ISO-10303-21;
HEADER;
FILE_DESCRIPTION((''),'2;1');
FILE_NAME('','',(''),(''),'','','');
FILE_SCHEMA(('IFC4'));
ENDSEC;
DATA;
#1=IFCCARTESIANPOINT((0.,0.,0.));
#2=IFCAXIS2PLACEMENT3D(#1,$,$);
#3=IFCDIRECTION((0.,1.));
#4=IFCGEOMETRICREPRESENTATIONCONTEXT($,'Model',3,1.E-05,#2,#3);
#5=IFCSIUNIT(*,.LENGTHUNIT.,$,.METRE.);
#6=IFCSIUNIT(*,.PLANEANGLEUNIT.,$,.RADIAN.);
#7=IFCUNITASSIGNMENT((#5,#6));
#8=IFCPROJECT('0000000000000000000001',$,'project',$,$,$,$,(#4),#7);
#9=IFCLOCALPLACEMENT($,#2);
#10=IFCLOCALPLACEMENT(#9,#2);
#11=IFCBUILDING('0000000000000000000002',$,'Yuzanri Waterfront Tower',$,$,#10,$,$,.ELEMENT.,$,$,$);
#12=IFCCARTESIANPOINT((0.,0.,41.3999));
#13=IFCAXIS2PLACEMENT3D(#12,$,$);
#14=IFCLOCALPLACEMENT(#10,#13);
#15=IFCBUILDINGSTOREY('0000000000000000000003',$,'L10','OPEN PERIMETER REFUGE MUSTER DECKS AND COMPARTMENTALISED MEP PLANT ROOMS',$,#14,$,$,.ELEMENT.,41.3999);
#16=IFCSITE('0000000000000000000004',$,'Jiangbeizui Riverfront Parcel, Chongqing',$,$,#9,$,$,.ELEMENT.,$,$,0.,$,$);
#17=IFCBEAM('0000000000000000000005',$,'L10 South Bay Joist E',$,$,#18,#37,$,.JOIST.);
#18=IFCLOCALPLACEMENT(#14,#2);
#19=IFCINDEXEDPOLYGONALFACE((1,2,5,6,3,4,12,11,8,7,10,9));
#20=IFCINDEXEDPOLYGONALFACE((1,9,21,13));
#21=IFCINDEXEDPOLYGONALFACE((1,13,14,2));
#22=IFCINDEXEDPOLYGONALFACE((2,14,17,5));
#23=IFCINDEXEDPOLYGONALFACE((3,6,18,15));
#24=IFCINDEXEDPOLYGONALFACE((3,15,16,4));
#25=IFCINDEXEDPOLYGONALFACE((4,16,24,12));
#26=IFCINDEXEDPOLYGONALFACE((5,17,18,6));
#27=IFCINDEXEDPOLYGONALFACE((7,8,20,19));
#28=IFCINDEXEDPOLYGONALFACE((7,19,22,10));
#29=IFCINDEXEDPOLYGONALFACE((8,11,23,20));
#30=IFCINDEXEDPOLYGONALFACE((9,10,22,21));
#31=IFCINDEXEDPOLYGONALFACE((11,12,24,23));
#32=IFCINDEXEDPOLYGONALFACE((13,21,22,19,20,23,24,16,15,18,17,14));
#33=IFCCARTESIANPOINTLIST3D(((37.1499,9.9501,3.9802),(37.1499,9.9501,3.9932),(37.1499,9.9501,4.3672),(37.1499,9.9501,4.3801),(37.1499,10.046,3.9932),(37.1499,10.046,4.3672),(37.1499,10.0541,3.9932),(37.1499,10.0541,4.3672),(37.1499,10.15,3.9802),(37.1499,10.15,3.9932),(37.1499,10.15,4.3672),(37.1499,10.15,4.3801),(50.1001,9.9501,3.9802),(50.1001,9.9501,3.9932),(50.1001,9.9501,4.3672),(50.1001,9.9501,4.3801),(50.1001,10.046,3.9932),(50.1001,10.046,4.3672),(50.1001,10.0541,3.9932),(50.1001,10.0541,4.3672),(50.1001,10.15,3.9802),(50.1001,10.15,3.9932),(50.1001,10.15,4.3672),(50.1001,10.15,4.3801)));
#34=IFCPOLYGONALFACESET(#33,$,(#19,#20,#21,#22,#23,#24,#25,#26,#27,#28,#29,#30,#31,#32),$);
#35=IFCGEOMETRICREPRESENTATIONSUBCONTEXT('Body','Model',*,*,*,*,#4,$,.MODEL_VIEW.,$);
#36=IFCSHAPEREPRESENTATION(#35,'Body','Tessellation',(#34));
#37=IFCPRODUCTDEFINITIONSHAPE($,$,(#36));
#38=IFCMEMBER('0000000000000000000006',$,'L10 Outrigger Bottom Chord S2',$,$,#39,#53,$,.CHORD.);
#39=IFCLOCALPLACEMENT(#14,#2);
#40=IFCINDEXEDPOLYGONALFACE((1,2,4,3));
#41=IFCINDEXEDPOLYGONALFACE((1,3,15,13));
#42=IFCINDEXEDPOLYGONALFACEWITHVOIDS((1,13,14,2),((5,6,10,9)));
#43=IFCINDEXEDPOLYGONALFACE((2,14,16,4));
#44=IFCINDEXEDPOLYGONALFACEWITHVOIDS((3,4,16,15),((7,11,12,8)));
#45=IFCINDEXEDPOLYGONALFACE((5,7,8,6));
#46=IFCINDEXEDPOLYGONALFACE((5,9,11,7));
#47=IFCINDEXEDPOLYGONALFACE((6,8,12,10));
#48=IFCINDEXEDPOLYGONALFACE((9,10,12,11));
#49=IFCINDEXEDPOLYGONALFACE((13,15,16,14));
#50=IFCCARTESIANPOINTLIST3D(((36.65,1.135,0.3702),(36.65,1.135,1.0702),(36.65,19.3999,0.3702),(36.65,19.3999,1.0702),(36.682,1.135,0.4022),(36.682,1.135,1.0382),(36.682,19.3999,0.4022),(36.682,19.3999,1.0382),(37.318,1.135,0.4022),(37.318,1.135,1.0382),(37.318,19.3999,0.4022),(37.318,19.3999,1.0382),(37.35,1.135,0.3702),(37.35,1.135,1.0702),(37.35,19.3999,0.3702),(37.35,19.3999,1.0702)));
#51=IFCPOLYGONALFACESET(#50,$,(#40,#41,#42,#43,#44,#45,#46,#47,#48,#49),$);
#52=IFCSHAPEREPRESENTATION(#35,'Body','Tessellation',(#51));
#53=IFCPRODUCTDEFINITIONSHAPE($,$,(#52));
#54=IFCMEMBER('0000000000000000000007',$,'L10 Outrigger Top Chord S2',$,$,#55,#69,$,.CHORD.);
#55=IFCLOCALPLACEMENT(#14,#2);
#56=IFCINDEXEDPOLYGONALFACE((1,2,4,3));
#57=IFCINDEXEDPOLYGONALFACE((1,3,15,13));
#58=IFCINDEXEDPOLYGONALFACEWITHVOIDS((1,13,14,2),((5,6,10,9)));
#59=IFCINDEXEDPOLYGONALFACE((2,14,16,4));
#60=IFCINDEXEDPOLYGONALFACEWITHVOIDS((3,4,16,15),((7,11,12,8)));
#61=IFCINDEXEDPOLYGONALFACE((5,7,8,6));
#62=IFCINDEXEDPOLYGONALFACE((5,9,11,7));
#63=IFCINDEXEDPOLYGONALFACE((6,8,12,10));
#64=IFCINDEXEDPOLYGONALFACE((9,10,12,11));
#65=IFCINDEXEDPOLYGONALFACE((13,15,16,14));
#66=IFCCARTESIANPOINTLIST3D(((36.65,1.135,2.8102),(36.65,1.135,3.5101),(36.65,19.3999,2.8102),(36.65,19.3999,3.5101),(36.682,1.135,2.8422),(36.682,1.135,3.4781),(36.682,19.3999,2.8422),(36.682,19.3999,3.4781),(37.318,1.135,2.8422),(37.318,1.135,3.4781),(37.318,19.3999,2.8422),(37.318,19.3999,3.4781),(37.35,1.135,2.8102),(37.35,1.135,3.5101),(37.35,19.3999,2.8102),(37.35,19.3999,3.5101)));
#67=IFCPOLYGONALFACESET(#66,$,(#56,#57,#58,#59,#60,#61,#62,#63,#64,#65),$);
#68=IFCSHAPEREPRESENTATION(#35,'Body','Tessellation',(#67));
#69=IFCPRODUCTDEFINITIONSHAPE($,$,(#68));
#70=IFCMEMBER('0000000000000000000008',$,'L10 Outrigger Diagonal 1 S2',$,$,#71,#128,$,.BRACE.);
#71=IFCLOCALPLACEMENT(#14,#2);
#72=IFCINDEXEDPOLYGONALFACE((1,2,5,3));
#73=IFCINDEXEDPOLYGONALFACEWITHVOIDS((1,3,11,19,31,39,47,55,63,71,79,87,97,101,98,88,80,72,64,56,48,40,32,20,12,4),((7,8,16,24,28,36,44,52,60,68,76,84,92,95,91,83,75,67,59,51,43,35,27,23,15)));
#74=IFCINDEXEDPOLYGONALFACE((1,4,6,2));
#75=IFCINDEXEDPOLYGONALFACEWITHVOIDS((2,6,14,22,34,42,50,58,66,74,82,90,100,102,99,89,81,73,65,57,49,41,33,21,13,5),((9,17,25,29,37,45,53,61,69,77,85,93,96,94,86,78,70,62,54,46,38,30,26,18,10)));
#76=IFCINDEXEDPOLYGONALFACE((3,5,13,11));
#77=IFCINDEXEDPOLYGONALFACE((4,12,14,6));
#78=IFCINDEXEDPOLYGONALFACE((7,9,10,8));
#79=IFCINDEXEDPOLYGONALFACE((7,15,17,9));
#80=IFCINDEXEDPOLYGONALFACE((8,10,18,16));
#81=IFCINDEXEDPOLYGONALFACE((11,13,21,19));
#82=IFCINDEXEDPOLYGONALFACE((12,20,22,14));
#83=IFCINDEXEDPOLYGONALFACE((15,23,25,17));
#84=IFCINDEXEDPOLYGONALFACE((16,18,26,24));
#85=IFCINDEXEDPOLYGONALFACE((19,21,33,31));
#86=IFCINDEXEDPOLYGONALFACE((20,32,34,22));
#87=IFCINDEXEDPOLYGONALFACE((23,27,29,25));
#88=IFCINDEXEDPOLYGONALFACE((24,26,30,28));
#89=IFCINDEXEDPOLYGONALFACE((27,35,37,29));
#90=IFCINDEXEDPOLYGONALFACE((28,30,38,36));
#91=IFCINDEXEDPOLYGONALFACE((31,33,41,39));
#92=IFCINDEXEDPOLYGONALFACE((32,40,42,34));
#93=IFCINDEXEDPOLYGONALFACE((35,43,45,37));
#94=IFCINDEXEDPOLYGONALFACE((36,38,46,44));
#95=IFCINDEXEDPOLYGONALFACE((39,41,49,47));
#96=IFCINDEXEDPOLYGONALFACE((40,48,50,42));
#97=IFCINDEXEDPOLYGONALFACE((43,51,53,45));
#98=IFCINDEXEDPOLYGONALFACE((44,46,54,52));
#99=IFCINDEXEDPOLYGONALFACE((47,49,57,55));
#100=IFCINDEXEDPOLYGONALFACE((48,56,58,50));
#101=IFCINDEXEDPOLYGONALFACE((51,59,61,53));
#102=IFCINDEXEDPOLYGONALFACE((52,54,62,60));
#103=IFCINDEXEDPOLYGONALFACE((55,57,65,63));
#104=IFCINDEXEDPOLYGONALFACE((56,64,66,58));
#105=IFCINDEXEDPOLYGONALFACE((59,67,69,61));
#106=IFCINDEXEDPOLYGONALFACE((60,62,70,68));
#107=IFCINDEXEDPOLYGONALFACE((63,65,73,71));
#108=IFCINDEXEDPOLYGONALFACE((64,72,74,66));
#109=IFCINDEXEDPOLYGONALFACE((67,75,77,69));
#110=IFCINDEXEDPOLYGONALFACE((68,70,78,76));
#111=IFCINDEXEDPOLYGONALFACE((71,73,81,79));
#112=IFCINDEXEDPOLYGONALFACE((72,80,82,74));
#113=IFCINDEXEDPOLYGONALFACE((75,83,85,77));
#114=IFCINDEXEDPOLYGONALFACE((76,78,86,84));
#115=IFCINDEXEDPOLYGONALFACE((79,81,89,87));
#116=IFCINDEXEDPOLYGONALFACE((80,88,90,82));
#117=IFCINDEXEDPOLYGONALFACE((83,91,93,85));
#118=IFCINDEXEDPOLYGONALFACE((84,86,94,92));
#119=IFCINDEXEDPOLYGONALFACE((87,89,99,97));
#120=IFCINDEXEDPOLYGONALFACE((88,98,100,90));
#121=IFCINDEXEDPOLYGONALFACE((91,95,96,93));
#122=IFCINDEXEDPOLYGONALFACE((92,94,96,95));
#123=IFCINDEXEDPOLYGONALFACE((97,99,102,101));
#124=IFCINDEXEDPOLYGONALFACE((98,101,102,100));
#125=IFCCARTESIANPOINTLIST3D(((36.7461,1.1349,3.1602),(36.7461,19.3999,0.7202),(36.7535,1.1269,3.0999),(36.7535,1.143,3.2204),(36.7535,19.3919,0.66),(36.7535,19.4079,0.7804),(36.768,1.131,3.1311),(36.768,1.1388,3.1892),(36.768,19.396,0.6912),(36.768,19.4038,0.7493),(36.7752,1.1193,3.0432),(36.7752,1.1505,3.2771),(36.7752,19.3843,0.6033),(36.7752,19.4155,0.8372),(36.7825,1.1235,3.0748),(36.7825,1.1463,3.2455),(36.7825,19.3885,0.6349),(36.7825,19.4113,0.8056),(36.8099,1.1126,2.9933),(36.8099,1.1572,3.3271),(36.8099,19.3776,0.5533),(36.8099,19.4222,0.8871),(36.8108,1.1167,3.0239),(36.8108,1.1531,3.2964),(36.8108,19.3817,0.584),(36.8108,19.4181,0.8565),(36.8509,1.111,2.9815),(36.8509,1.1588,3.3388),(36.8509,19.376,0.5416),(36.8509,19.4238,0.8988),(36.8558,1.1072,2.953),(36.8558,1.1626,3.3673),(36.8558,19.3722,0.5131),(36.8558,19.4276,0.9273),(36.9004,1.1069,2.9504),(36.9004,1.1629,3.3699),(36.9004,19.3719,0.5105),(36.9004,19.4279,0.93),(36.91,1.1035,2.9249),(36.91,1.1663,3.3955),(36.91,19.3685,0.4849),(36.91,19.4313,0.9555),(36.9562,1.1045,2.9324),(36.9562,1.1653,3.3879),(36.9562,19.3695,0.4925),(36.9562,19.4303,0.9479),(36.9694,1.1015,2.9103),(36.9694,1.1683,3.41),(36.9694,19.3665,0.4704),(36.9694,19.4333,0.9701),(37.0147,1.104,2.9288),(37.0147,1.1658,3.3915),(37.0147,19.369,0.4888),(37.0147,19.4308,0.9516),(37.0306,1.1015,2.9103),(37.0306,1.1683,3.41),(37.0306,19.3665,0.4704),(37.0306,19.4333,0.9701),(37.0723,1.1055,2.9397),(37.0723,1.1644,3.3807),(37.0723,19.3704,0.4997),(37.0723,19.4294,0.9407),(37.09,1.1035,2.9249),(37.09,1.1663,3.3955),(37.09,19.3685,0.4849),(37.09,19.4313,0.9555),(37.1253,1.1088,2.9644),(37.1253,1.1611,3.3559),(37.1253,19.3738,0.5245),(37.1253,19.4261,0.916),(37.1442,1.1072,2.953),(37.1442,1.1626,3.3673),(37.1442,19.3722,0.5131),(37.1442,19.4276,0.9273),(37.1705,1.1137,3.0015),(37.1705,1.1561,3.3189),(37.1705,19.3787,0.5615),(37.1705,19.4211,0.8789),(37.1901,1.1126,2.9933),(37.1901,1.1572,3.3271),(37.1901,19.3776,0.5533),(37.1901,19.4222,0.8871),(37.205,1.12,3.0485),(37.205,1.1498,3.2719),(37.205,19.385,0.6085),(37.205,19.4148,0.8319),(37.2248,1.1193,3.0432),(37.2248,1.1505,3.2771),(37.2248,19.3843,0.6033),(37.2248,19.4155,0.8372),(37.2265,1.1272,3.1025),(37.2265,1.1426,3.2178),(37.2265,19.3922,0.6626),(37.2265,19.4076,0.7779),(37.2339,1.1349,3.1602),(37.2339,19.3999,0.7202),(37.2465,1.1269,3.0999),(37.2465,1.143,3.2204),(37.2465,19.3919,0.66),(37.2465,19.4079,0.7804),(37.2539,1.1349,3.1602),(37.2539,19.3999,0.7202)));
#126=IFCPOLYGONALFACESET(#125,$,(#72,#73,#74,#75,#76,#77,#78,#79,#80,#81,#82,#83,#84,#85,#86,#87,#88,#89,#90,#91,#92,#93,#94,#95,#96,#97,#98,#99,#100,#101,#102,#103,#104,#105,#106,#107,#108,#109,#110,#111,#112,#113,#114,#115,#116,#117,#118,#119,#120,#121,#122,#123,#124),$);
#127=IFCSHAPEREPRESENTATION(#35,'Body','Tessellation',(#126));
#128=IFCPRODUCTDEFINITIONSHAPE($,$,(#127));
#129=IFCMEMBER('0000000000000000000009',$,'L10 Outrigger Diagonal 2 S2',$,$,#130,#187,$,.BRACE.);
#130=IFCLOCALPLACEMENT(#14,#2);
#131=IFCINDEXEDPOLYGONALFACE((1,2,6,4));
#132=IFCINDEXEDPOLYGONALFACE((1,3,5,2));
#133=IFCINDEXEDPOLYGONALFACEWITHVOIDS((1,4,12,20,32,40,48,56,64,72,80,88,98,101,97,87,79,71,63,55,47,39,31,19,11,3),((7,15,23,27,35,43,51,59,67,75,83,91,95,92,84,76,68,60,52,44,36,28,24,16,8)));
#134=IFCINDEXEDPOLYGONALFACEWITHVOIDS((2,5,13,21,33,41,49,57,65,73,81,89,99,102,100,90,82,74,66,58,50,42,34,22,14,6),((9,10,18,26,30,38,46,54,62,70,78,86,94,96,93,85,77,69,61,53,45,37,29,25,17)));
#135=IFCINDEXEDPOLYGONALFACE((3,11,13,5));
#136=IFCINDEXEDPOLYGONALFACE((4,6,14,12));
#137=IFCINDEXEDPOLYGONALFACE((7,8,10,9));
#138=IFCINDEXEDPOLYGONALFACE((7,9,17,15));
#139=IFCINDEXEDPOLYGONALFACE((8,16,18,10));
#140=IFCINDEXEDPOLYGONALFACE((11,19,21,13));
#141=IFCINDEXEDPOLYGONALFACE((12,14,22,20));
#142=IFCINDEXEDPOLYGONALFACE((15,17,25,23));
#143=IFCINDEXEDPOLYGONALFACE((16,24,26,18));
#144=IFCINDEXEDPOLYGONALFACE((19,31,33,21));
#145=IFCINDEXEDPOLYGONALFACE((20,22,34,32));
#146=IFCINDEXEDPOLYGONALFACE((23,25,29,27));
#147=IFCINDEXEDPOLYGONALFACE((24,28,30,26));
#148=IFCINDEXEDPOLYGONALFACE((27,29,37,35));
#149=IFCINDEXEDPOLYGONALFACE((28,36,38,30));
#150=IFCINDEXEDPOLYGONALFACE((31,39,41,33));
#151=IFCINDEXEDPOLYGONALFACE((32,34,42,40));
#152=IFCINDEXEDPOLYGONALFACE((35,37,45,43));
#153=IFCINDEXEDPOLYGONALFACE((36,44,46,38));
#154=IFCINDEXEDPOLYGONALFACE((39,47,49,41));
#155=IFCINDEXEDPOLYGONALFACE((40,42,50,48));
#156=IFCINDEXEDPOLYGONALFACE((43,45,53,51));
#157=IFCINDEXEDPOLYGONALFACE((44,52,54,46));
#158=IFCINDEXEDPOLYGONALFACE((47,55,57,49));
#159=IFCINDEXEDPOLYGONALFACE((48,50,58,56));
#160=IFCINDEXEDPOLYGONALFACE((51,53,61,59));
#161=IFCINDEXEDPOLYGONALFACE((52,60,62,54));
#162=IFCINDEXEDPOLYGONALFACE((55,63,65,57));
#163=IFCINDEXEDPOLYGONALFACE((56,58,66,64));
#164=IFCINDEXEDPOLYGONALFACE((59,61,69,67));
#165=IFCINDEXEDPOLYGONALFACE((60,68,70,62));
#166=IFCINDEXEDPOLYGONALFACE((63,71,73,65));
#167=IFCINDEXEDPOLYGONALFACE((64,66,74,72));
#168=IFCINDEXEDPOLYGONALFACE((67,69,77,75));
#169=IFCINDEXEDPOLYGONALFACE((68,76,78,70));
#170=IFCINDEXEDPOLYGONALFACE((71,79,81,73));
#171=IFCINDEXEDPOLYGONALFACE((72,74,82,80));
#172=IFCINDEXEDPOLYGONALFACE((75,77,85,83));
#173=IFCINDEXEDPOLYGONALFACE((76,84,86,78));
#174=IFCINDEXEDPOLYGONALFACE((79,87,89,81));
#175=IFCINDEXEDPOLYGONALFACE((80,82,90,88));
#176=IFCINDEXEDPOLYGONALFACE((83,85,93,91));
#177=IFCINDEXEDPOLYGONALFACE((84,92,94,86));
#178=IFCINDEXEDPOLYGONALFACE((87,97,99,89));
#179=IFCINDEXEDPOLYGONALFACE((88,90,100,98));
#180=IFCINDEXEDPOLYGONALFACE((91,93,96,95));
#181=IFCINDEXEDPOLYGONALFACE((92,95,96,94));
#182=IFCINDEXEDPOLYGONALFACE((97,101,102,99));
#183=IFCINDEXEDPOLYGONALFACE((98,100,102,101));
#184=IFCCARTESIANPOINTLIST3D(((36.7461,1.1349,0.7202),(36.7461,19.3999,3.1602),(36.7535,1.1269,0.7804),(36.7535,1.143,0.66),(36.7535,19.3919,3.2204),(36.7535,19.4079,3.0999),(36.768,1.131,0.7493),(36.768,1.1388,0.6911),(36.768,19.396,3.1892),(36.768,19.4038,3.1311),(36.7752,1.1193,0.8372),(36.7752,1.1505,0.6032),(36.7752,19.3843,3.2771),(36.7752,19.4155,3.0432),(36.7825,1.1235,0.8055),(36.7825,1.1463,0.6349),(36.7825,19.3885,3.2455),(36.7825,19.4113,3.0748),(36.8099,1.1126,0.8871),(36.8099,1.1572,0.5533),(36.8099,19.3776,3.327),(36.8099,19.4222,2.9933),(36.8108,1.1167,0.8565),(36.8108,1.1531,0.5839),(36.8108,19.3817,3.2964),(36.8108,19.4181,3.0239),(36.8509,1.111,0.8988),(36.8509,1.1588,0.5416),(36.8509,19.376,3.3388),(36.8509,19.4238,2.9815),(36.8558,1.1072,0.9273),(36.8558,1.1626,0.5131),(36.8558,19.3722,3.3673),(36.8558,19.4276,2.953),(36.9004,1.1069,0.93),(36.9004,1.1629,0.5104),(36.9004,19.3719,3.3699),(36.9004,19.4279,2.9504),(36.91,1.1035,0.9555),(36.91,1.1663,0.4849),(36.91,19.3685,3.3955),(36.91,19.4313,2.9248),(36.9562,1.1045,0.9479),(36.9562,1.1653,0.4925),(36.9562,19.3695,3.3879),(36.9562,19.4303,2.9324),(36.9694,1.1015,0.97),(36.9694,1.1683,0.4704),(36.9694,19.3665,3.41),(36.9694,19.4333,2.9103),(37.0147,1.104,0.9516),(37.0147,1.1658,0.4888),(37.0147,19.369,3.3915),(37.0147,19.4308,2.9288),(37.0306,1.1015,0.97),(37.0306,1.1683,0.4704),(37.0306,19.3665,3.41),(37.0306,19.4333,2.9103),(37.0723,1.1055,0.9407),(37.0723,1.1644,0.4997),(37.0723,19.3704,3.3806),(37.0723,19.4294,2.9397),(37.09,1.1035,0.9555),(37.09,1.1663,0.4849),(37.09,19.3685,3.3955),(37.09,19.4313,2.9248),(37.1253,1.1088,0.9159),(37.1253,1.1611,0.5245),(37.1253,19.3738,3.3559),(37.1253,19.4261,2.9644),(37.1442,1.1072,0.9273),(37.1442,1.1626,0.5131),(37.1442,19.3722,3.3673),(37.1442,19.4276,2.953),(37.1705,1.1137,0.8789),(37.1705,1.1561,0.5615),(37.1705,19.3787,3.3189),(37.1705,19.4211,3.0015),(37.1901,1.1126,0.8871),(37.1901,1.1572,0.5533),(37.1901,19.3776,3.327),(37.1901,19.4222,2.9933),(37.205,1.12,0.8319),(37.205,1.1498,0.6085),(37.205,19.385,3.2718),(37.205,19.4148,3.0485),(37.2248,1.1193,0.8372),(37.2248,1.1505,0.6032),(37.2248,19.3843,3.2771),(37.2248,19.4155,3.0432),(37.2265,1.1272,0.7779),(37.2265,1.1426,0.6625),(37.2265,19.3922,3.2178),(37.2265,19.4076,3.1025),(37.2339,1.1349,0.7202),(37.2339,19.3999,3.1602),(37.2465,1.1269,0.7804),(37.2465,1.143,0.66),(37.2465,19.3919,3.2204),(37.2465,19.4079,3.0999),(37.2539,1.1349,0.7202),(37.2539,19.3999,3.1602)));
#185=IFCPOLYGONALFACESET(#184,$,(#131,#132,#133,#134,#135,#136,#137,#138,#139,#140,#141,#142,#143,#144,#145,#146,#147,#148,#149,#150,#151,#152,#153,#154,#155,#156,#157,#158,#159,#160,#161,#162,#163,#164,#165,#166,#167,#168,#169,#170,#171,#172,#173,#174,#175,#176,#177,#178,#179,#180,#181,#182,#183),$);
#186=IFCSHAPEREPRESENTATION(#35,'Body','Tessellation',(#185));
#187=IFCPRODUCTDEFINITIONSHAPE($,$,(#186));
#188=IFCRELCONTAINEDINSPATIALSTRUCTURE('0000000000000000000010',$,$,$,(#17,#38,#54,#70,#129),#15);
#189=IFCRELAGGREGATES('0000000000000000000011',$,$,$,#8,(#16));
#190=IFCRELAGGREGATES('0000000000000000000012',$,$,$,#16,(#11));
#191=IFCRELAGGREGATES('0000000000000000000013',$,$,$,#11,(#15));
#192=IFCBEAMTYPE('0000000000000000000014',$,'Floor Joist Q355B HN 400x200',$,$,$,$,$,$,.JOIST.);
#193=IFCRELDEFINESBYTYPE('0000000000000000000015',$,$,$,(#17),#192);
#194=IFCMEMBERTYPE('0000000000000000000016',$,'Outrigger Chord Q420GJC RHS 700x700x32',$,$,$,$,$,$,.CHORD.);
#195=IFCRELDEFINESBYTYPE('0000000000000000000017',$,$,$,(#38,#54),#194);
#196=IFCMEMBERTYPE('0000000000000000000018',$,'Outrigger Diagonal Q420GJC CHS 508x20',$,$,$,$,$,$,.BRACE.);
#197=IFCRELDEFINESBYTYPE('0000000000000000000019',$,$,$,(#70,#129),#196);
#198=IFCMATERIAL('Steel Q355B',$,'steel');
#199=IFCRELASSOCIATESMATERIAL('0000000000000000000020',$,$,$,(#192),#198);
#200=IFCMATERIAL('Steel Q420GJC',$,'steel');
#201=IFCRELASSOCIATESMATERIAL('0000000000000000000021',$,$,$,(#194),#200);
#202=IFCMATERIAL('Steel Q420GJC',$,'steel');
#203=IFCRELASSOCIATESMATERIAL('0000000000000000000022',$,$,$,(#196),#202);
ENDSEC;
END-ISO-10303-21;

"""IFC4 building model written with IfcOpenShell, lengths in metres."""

from ifc_helpers import new_model, si_unit, direction, frame, origin, origin_2d, place, context, subcontext, project, spatial, hollow_rectangle, hollow_circle, i_section, extrude, source, transform, mapped, material, material_profile, profile_set, type_object, element, save


model = new_model("IFC4")

# Units and contexts
model_context = context("Model", 3, precision=1e-05, world=origin(), true_north=direction((0.0, 1.0)))
body_context = subcontext(model_context, "Body", "Model", "MODEL_VIEW")
ifc_project = project(units=[si_unit("LENGTHUNIT", "METRE"), si_unit("PLANEANGLEUNIT", "RADIAN")], contexts=[model_context])

# Site, building, storey
site_placement = place(None, origin())
site = spatial("IfcSite", under=ifc_project, at=site_placement, Name="Jiangbeizui Riverfront Parcel, Chongqing", CompositionType="ELEMENT", RefElevation=0.0)
building_placement = place(site_placement, origin())
building = spatial("IfcBuilding", under=site, at=building_placement, Name="Yuzanri Waterfront Tower", CompositionType="ELEMENT")
storey_placement = place(building_placement, frame((0.0, 0.0, 41.3999)))
storey = spatial("IfcBuildingStorey", under=building, at=storey_placement, Name="L10", Description="OPEN PERIMETER REFUGE MUSTER DECKS AND COMPARTMENTALISED MEP PLANT ROOMS", CompositionType="ELEMENT", Elevation=41.3999)

# Beam
ifc_material_1 = material(Name="Steel Q355B", Category="steel")
ifc_material_profile_1 = material_profile(ifc_material_1, i_section(OverallWidth=0.2, OverallDepth=0.3999, WebThickness=0.0081, FlangeThickness=0.0129, at=origin_2d()), Name="HN 400x200x8x13")
ifc_profile_set_1 = profile_set([ifc_material_profile_1], Name="Steel Q355B")
beam_type_1 = type_object("IfcBeamType", Name="Floor Joist Q355B HN 400x200", PredefinedType="JOIST", material=ifc_profile_set_1)
shared_shape_1 = source(origin(), body_context, "Body", "SweptSolid", [
    extrude(i_section(OverallWidth=0.2, OverallDepth=0.3999, WebThickness=0.0081, FlangeThickness=0.0129, at=origin_2d()), origin(), (0.0, 0.0, 1.0), 12.9502),
])
beam_placement = place(storey_placement, frame((37.1499, 10.05, 4.1802), z_axis=(1.0, 0.0, 0.0), x_axis=(0.0, 1.0, 0.0)))
element("IfcBeam", 1, at=beam_placement, inside=storey, type_object=beam_type_1, Name="L10 South Bay Joist E", PredefinedType="JOIST", context=body_context, shape_type="MappedRepresentation", body=[
    mapped(shared_shape_1, transform((0.0, 0.0, 0.0), scale=1.0)),
])

# Members
ifc_material_2 = material(Name="Steel Q420GJC", Category="steel")
ifc_material_profile_2 = material_profile(ifc_material_2, hollow_rectangle(XDim=0.7, YDim=0.7, WallThickness=0.032, at=origin_2d()), Name="RHS 700x700x32")
ifc_profile_set_2 = profile_set([ifc_material_profile_2], Name="Steel Q420GJC")
member_type_1 = type_object("IfcMemberType", Name="Outrigger Chord Q420GJC RHS 700x700x32", PredefinedType="CHORD", material=ifc_profile_set_2)
shared_shape_2 = source(origin(), body_context, "Body", "SweptSolid", [
    extrude(hollow_rectangle(XDim=0.7, YDim=0.7, WallThickness=0.032, at=origin_2d()), origin(), (0.0, 0.0, 1.0), 18.2649),
])
for number, where, z_axis, x_axis, name in (
    (2, (37.0, 19.3999, 0.7202), (0.0, -1.0, 0.0), (1.0, 0.0, 0.0), "L10 Outrigger Bottom Chord S2"),
    (3, (37.0, 19.3999, 3.1602), (0.0, -1.0, 0.0), (1.0, 0.0, 0.0), "L10 Outrigger Top Chord S2"),
):
    element("IfcMember", number, at=place(storey_placement, frame(where, z_axis=z_axis, x_axis=x_axis)), inside=storey, type_object=member_type_1, Name=name, PredefinedType="CHORD", context=body_context, shape_type="MappedRepresentation", body=[
        mapped(shared_shape_2, transform((0.0, 0.0, 0.0), scale=1.0)),
    ])
ifc_material_3 = material(Name="Steel Q420GJC", Category="steel")
ifc_material_profile_3 = material_profile(ifc_material_3, hollow_circle(Radius=0.2539, WallThickness=0.02, at=origin_2d()), Name="CHS 508x20")
ifc_profile_set_3 = profile_set([ifc_material_profile_3], Name="Steel Q420GJC")
member_type_2 = type_object("IfcMemberType", Name="Outrigger Diagonal Q420GJC CHS 508x20", PredefinedType="BRACE", material=ifc_profile_set_3)
shared_shape_3 = source(origin(), body_context, "Body", "SweptSolid", [
    extrude(hollow_circle(Radius=0.2539, WallThickness=0.02, at=origin_2d()), origin(), (0.0, 0.0, 1.0), 18.4272),
])
for number, where, z_axis, x_axis, name in (
    (4, (37.0, 19.3999, 0.7202), (0.0, -0.991195, 0.13241), (1.0, 0.0, 0.0), "L10 Outrigger Diagonal 1 S2"),
    (5, (37.0, 19.3999, 3.1602), (0.0, -0.991195, -0.13241), (1.0, 0.0, 0.0), "L10 Outrigger Diagonal 2 S2"),
):
    element("IfcMember", number, at=place(storey_placement, frame(where, z_axis=z_axis, x_axis=x_axis)), inside=storey, type_object=member_type_2, Name=name, PredefinedType="BRACE", context=body_context, shape_type="MappedRepresentation", body=[
        mapped(shared_shape_3, transform((0.0, 0.0, 0.0), scale=1.0)),
    ])

save(model, "model.ifc")
